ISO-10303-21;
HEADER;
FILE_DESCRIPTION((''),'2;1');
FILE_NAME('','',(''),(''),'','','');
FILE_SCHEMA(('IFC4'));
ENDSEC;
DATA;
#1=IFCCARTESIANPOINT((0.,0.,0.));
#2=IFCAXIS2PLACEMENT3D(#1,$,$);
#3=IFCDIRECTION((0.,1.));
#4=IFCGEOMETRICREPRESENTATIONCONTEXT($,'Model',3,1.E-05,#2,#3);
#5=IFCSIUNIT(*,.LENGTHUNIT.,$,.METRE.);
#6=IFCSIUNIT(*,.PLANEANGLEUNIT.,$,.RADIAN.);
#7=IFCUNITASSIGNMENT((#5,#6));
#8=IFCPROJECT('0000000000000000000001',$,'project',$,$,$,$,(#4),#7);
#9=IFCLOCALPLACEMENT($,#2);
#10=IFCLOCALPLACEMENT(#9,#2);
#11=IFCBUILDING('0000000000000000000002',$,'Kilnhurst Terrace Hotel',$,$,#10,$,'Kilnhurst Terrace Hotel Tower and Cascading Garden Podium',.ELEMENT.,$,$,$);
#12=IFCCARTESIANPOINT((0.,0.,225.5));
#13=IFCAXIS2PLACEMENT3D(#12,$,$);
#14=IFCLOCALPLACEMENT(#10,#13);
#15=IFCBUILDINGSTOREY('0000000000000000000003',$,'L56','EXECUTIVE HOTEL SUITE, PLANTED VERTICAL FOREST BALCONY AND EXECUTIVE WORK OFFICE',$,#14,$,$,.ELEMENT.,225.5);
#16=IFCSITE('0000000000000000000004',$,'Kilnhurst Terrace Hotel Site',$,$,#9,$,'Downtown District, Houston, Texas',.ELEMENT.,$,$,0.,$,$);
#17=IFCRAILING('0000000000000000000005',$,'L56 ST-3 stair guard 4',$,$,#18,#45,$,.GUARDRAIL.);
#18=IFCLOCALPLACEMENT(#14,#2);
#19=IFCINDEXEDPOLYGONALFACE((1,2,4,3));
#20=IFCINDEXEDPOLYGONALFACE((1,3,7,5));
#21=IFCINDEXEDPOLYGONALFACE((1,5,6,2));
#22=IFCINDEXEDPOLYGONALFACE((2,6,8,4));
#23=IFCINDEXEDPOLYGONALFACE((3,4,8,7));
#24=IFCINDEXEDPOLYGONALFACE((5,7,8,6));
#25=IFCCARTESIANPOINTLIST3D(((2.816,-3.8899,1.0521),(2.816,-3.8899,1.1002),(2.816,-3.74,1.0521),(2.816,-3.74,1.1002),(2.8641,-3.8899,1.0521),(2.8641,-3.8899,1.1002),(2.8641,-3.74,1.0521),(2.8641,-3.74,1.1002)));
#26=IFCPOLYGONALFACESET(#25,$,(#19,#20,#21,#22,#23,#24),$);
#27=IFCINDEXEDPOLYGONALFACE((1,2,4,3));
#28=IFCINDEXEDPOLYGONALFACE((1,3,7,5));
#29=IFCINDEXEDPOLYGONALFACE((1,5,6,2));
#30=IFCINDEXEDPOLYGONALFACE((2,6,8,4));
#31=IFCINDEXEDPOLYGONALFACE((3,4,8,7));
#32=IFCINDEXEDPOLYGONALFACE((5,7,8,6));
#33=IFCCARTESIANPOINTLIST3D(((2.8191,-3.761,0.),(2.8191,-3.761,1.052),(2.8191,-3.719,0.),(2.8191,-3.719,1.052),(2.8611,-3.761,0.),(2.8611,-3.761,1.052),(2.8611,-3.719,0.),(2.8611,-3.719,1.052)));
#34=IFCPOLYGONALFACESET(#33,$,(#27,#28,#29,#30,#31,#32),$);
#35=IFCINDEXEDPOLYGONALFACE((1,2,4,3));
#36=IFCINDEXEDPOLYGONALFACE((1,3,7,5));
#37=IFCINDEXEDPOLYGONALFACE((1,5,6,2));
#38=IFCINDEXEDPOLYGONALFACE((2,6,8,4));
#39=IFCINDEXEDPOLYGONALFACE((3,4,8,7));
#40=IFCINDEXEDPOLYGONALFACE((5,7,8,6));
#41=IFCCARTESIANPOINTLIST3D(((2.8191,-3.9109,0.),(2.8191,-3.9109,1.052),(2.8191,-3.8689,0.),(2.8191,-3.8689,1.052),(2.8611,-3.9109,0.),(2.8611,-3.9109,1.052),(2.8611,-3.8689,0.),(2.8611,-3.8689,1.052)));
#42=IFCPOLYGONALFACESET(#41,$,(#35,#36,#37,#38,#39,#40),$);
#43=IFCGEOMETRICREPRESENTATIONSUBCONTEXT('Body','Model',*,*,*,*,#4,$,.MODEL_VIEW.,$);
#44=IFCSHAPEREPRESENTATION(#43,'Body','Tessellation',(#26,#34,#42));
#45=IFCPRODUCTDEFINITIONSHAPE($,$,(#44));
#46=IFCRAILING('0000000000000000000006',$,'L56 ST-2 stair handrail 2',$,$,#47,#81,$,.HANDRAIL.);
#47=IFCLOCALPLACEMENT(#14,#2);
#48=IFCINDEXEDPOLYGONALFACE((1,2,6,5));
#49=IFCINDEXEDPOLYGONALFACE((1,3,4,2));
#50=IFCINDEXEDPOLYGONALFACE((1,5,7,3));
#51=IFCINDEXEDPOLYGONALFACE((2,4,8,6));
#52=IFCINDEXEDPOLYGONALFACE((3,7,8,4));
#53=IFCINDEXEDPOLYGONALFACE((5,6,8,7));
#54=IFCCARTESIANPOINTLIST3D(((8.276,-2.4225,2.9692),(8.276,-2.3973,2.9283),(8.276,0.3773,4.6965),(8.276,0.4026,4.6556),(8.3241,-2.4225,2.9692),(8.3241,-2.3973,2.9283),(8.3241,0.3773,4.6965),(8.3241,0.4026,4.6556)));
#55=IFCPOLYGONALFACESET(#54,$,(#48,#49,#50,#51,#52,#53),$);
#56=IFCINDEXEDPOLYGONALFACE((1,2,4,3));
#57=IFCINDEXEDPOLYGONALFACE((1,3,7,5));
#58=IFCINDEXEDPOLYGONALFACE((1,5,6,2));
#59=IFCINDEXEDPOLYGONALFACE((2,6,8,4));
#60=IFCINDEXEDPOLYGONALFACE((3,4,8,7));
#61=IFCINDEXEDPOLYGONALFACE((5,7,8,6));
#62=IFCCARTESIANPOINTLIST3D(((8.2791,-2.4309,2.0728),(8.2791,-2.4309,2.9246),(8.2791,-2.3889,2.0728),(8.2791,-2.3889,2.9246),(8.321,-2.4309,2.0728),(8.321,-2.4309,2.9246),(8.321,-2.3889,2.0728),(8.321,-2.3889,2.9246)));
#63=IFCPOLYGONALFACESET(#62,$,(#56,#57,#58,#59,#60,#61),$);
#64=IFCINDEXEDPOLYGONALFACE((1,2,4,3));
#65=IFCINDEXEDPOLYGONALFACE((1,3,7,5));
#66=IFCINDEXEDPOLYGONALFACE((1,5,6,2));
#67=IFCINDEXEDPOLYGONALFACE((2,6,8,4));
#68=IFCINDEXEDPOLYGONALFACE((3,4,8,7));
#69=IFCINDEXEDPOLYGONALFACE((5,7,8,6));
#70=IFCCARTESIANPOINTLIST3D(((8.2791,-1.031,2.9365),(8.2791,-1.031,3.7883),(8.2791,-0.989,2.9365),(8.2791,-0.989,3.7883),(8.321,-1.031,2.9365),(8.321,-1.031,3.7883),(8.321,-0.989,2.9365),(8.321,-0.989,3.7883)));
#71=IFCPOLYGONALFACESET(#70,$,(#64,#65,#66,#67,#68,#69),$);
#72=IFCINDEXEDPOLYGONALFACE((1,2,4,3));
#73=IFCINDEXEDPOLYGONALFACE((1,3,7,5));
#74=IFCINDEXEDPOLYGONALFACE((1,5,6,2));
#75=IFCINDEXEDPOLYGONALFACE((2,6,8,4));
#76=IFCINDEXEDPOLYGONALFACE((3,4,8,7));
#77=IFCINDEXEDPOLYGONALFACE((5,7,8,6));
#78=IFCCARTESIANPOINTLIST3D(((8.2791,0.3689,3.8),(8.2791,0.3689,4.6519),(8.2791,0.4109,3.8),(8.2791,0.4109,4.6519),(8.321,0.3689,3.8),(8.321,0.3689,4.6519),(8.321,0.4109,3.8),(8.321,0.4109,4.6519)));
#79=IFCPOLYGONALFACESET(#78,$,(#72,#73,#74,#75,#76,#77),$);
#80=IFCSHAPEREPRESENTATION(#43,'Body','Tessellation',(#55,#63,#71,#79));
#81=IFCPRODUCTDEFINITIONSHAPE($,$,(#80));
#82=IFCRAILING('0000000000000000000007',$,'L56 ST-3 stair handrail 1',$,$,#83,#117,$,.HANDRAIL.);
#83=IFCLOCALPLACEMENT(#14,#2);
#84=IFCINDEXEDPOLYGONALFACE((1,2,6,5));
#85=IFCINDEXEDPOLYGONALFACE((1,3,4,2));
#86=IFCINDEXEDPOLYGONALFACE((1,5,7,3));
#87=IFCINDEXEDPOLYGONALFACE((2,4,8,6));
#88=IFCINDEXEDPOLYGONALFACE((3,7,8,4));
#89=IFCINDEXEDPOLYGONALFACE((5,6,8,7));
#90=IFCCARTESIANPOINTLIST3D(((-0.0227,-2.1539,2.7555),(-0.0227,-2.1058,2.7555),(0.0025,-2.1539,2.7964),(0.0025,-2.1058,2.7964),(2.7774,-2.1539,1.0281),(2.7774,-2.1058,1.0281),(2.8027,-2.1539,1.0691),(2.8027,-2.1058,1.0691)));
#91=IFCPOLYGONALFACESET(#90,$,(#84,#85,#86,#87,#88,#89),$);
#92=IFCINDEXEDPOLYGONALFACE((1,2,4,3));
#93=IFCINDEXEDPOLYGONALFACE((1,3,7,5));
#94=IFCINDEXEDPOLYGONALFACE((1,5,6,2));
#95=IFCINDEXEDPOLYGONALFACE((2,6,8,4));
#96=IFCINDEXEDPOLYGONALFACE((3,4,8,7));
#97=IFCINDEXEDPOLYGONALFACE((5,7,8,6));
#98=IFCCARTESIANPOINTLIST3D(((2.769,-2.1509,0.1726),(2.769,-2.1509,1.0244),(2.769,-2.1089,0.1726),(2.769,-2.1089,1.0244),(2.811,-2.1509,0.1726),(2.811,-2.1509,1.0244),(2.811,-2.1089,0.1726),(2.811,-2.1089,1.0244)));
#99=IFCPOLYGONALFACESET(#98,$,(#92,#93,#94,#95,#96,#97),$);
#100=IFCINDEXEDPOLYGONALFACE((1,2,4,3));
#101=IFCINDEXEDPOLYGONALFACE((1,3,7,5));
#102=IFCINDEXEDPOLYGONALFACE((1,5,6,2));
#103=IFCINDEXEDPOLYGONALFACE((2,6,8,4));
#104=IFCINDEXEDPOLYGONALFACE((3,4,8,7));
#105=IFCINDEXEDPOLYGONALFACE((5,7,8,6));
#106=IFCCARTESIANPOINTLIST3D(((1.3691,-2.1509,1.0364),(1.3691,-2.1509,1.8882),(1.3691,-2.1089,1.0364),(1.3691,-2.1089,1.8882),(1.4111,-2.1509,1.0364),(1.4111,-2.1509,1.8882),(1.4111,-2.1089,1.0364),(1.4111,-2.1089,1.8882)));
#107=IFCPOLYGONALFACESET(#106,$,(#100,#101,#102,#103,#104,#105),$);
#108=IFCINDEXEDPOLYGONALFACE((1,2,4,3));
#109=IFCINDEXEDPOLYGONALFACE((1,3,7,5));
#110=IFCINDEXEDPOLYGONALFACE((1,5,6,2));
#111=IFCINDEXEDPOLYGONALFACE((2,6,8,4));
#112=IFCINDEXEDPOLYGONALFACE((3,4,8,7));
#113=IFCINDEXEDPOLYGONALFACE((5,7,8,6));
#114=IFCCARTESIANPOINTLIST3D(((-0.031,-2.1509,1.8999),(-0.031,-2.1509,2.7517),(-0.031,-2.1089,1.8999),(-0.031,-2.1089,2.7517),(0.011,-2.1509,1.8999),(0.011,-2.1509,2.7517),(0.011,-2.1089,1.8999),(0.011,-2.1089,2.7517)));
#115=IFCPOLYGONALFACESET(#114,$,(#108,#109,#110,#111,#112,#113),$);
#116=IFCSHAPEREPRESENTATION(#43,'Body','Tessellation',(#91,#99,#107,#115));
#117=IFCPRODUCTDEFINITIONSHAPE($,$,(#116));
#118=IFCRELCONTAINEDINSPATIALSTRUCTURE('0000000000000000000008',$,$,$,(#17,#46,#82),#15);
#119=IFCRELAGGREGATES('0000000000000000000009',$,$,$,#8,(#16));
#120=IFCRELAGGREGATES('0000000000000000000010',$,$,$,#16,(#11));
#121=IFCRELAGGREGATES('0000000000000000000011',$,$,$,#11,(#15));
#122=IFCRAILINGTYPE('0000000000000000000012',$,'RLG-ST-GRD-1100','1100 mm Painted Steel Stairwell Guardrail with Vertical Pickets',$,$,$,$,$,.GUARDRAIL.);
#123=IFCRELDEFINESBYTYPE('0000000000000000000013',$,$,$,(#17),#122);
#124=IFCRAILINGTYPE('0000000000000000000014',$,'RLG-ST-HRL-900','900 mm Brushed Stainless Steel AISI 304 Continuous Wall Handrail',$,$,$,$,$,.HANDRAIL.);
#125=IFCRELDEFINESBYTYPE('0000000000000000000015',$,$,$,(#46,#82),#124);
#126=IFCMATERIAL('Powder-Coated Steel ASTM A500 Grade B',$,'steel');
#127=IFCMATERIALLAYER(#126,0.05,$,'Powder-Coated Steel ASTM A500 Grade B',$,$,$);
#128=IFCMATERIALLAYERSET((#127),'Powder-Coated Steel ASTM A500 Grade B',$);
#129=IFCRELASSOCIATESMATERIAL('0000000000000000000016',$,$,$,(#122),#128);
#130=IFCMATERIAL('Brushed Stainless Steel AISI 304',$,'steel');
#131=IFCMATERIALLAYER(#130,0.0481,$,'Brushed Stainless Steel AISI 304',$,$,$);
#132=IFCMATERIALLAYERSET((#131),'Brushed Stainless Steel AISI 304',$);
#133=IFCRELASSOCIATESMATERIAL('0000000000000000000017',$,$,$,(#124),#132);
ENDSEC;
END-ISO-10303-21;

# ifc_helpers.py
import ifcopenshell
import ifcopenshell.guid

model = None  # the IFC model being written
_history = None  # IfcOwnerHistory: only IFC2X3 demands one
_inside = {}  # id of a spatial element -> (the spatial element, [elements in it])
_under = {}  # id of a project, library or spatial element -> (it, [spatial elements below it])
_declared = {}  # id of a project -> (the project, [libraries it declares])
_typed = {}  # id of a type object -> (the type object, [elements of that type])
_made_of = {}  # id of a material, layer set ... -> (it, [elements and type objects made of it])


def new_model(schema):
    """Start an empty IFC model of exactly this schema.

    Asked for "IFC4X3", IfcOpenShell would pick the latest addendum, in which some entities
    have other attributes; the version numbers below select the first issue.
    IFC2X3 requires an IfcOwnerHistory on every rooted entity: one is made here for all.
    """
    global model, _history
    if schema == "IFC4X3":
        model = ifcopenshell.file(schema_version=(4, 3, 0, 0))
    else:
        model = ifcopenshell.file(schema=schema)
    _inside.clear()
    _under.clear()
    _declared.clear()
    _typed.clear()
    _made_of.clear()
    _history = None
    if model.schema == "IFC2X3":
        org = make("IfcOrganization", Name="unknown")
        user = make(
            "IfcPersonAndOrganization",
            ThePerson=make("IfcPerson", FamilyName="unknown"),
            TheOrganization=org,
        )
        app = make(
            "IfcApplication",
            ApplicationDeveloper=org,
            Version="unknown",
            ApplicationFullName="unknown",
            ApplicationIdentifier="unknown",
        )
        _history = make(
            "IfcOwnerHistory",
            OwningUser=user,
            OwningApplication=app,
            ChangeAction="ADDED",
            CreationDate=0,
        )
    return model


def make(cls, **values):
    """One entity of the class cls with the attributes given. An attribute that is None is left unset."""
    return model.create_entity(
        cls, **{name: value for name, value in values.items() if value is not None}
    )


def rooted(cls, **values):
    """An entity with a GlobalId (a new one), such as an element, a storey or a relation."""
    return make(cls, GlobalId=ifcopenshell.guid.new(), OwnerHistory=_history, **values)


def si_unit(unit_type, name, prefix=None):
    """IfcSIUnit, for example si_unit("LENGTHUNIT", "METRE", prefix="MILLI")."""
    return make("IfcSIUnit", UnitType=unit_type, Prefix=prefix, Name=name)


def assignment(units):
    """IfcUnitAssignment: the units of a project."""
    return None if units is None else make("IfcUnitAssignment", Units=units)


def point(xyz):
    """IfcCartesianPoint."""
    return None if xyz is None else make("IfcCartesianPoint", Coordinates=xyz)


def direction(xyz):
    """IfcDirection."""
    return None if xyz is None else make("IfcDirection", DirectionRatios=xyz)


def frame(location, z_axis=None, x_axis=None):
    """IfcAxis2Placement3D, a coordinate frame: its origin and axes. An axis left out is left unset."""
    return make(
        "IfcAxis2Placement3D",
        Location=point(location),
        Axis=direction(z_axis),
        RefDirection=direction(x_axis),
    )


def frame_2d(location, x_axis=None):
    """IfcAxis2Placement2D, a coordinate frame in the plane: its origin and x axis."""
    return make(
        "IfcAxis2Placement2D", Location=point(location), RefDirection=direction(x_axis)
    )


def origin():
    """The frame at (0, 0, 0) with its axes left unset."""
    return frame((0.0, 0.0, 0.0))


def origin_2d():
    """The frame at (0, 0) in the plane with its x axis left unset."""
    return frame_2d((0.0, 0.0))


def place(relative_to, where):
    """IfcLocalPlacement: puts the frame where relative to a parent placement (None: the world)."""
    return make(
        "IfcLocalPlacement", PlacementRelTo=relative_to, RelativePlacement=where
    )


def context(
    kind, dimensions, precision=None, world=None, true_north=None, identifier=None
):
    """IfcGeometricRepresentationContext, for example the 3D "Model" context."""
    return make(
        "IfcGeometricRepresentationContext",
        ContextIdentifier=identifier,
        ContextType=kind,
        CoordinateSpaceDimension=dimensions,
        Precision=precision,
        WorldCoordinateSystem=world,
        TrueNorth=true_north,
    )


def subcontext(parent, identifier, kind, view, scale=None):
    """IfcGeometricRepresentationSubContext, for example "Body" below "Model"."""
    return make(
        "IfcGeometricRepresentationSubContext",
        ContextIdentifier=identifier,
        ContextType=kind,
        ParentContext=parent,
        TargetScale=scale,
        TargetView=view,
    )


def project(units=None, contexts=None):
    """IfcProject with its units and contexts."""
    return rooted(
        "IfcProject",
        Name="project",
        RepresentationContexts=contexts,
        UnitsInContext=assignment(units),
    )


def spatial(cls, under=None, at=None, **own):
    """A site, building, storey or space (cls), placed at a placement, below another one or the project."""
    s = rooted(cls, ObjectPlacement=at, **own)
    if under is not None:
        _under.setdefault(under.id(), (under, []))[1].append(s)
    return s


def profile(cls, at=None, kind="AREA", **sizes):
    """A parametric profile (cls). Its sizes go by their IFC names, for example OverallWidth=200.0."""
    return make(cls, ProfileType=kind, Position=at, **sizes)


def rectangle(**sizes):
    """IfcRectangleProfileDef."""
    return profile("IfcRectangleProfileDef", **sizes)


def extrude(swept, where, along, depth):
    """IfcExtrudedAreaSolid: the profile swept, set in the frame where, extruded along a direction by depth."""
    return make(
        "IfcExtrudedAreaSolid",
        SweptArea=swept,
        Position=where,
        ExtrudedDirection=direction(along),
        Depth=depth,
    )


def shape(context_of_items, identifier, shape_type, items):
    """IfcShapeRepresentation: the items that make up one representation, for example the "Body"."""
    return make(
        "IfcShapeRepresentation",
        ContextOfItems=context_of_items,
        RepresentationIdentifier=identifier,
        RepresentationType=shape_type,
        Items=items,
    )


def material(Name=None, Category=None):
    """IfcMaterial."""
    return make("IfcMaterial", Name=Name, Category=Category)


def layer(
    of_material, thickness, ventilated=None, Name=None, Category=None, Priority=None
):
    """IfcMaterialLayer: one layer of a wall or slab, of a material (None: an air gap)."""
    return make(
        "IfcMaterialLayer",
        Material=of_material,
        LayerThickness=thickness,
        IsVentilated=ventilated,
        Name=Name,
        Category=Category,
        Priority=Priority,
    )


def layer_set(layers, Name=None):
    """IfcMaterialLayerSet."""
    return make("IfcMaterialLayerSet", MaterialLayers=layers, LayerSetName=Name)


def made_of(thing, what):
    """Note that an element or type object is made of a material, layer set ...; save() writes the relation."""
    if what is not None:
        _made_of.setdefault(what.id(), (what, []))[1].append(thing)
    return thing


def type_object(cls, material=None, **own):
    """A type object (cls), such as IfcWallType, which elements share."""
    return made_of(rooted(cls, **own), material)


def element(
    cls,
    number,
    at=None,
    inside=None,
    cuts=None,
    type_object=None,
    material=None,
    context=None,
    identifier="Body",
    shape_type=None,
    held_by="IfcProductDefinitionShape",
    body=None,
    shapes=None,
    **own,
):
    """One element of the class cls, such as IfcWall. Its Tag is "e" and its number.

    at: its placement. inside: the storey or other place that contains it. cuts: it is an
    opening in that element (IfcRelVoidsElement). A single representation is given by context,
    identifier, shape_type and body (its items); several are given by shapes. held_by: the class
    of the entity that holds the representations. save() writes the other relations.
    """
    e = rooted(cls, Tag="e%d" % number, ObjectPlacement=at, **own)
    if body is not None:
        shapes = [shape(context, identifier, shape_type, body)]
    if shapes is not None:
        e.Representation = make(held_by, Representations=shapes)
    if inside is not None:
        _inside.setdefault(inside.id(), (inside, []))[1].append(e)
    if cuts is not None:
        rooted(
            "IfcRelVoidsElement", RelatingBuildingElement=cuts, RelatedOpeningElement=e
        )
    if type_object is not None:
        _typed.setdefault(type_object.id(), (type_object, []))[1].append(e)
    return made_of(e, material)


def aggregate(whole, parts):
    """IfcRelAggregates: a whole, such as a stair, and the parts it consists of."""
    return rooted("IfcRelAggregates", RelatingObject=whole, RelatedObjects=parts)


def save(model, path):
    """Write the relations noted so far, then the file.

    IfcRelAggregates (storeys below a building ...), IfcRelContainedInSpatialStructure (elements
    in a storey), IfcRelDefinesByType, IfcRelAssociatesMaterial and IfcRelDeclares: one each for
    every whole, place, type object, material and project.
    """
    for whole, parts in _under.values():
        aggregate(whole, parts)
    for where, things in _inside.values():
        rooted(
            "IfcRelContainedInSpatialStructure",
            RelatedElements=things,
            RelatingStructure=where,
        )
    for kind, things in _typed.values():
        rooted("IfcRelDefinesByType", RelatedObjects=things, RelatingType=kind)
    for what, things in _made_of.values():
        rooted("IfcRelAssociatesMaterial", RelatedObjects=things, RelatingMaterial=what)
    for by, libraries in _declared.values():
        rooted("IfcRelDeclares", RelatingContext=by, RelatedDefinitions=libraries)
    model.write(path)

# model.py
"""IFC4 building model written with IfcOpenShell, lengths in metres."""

from ifc_helpers import new_model, si_unit, direction, frame, origin, origin_2d, place, context, subcontext, project, spatial, rectangle, extrude, material, layer, layer_set, type_object, element, save


model = new_model("IFC4")

# Units and contexts
model_context = context("Model", 3, precision=1e-05, world=origin(), true_north=direction((0.0, 1.0)))
body_context = subcontext(model_context, "Body", "Model", "MODEL_VIEW")
ifc_project = project(units=[si_unit("LENGTHUNIT", "METRE"), si_unit("PLANEANGLEUNIT", "RADIAN")], contexts=[model_context])

# Site, building, storey
site_placement = place(None, origin())
site = spatial("IfcSite", under=ifc_project, at=site_placement, Name="Kilnhurst Terrace Hotel Site", LongName="Downtown District, Houston, Texas", CompositionType="ELEMENT", RefElevation=0.0)
building_placement = place(site_placement, origin())
building = spatial("IfcBuilding", under=site, at=building_placement, Name="Kilnhurst Terrace Hotel", LongName="Kilnhurst Terrace Hotel Tower and Cascading Garden Podium", CompositionType="ELEMENT")
storey_placement = place(building_placement, frame((0.0, 0.0, 225.5)))
storey = spatial("IfcBuildingStorey", under=building, at=storey_placement, Name="L56", Description="EXECUTIVE HOTEL SUITE, PLANTED VERTICAL FOREST BALCONY AND EXECUTIVE WORK OFFICE", CompositionType="ELEMENT", Elevation=225.5)

# Railings
ifc_material_1 = material(Name="Powder-Coated Steel ASTM A500 Grade B", Category="steel")
ifc_layer_1 = layer(ifc_material_1, 0.05, Name="Powder-Coated Steel ASTM A500 Grade B")
ifc_layer_set_1 = layer_set([ifc_layer_1], Name="Powder-Coated Steel ASTM A500 Grade B")
railing_type_1 = type_object("IfcRailingType", Name="RLG-ST-GRD-1100", Description="1100 mm Painted Steel Stairwell Guardrail with Vertical Pickets", PredefinedType="GUARDRAIL", material=ifc_layer_set_1)
railing_1_placement = place(storey_placement, frame((2.8401, -3.74, 0.0)))
element("IfcRailing", 1, at=railing_1_placement, inside=storey, type_object=railing_type_1, Name="L56 ST-3 stair guard 4", PredefinedType="GUARDRAIL", context=body_context, shape_type="SweptSolid", body=[
    extrude(rectangle(XDim=0.0481, YDim=0.0481, at=origin_2d()), frame((0.0, 0.0, 1.0762), z_axis=(0.0, -1.0, 0.0), x_axis=(1.0, 0.0, 0.0)), (0.0, 0.0, 1.0), 0.1499),
    extrude(rectangle(XDim=0.042, YDim=0.042, at=origin_2d()), origin(), (0.0, 0.0, 1.0), 1.052),
    extrude(rectangle(XDim=0.042, YDim=0.042, at=origin_2d()), frame((0.0, -0.1499, 0.0)), (0.0, 0.0, 1.0), 1.052),
])
ifc_material_2 = material(Name="Brushed Stainless Steel AISI 304", Category="steel")
ifc_layer_2 = layer(ifc_material_2, 0.0481, Name="Brushed Stainless Steel AISI 304")
ifc_layer_set_2 = layer_set([ifc_layer_2], Name="Brushed Stainless Steel AISI 304")
railing_type_2 = type_object("IfcRailingType", Name="RLG-ST-HRL-900", Description="900 mm Brushed Stainless Steel AISI 304 Continuous Wall Handrail", PredefinedType="HANDRAIL", material=ifc_layer_set_2)
railing_2_placement = place(storey_placement, frame((8.3, -2.4099, 2.0728)))
element("IfcRailing", 2, at=railing_2_placement, inside=storey, type_object=railing_type_2, Name="L56 ST-2 stair handrail 2", PredefinedType="HANDRAIL", context=body_context, shape_type="SweptSolid", body=[
    extrude(rectangle(XDim=0.0481, YDim=0.0481, at=origin_2d()), frame((0.0, 0.0, 0.876), z_axis=(0.0, 0.851069, 0.525054), x_axis=(-1.0, 0.0, 0.0)), (0.0, 0.0, 1.0), 3.2898),
    extrude(rectangle(XDim=0.042, YDim=0.042, at=origin_2d()), origin(), (0.0, 0.0, 1.0), 0.8518),
    extrude(rectangle(XDim=0.042, YDim=0.042, at=origin_2d()), frame((0.0, 1.3999, 0.8638)), (0.0, 0.0, 1.0), 0.8518),
    extrude(rectangle(XDim=0.042, YDim=0.042, at=origin_2d()), frame((0.0, 2.7998, 1.7273)), (0.0, 0.0, 1.0), 0.8518),
])
railing_3_placement = place(storey_placement, frame((2.79, -2.1299, 0.1726)))
element("IfcRailing", 3, at=railing_3_placement, inside=storey, type_object=railing_type_2, Name="L56 ST-3 stair handrail 1", PredefinedType="HANDRAIL", context=body_context, shape_type="SweptSolid", body=[
    extrude(rectangle(XDim=0.0481, YDim=0.0481, at=origin_2d()), frame((0.0, 0.0, 0.876), z_axis=(-0.85109, 0.0, 0.52502), x_axis=(0.0, -1.0, 0.0)), (0.0, 0.0, 1.0), 3.29),
    extrude(rectangle(XDim=0.042, YDim=0.042, at=origin_2d()), origin(), (0.0, 0.0, 1.0), 0.8518),
    extrude(rectangle(XDim=0.042, YDim=0.042, at=origin_2d()), frame((-1.3999, 0.0, 0.8638)), (0.0, 0.0, 1.0), 0.8518),
    extrude(rectangle(XDim=0.042, YDim=0.042, at=origin_2d()), frame((-2.8, 0.0, 1.7273)), (0.0, 0.0, 1.0), 0.8518),
])

save(model, "model.ifc")
